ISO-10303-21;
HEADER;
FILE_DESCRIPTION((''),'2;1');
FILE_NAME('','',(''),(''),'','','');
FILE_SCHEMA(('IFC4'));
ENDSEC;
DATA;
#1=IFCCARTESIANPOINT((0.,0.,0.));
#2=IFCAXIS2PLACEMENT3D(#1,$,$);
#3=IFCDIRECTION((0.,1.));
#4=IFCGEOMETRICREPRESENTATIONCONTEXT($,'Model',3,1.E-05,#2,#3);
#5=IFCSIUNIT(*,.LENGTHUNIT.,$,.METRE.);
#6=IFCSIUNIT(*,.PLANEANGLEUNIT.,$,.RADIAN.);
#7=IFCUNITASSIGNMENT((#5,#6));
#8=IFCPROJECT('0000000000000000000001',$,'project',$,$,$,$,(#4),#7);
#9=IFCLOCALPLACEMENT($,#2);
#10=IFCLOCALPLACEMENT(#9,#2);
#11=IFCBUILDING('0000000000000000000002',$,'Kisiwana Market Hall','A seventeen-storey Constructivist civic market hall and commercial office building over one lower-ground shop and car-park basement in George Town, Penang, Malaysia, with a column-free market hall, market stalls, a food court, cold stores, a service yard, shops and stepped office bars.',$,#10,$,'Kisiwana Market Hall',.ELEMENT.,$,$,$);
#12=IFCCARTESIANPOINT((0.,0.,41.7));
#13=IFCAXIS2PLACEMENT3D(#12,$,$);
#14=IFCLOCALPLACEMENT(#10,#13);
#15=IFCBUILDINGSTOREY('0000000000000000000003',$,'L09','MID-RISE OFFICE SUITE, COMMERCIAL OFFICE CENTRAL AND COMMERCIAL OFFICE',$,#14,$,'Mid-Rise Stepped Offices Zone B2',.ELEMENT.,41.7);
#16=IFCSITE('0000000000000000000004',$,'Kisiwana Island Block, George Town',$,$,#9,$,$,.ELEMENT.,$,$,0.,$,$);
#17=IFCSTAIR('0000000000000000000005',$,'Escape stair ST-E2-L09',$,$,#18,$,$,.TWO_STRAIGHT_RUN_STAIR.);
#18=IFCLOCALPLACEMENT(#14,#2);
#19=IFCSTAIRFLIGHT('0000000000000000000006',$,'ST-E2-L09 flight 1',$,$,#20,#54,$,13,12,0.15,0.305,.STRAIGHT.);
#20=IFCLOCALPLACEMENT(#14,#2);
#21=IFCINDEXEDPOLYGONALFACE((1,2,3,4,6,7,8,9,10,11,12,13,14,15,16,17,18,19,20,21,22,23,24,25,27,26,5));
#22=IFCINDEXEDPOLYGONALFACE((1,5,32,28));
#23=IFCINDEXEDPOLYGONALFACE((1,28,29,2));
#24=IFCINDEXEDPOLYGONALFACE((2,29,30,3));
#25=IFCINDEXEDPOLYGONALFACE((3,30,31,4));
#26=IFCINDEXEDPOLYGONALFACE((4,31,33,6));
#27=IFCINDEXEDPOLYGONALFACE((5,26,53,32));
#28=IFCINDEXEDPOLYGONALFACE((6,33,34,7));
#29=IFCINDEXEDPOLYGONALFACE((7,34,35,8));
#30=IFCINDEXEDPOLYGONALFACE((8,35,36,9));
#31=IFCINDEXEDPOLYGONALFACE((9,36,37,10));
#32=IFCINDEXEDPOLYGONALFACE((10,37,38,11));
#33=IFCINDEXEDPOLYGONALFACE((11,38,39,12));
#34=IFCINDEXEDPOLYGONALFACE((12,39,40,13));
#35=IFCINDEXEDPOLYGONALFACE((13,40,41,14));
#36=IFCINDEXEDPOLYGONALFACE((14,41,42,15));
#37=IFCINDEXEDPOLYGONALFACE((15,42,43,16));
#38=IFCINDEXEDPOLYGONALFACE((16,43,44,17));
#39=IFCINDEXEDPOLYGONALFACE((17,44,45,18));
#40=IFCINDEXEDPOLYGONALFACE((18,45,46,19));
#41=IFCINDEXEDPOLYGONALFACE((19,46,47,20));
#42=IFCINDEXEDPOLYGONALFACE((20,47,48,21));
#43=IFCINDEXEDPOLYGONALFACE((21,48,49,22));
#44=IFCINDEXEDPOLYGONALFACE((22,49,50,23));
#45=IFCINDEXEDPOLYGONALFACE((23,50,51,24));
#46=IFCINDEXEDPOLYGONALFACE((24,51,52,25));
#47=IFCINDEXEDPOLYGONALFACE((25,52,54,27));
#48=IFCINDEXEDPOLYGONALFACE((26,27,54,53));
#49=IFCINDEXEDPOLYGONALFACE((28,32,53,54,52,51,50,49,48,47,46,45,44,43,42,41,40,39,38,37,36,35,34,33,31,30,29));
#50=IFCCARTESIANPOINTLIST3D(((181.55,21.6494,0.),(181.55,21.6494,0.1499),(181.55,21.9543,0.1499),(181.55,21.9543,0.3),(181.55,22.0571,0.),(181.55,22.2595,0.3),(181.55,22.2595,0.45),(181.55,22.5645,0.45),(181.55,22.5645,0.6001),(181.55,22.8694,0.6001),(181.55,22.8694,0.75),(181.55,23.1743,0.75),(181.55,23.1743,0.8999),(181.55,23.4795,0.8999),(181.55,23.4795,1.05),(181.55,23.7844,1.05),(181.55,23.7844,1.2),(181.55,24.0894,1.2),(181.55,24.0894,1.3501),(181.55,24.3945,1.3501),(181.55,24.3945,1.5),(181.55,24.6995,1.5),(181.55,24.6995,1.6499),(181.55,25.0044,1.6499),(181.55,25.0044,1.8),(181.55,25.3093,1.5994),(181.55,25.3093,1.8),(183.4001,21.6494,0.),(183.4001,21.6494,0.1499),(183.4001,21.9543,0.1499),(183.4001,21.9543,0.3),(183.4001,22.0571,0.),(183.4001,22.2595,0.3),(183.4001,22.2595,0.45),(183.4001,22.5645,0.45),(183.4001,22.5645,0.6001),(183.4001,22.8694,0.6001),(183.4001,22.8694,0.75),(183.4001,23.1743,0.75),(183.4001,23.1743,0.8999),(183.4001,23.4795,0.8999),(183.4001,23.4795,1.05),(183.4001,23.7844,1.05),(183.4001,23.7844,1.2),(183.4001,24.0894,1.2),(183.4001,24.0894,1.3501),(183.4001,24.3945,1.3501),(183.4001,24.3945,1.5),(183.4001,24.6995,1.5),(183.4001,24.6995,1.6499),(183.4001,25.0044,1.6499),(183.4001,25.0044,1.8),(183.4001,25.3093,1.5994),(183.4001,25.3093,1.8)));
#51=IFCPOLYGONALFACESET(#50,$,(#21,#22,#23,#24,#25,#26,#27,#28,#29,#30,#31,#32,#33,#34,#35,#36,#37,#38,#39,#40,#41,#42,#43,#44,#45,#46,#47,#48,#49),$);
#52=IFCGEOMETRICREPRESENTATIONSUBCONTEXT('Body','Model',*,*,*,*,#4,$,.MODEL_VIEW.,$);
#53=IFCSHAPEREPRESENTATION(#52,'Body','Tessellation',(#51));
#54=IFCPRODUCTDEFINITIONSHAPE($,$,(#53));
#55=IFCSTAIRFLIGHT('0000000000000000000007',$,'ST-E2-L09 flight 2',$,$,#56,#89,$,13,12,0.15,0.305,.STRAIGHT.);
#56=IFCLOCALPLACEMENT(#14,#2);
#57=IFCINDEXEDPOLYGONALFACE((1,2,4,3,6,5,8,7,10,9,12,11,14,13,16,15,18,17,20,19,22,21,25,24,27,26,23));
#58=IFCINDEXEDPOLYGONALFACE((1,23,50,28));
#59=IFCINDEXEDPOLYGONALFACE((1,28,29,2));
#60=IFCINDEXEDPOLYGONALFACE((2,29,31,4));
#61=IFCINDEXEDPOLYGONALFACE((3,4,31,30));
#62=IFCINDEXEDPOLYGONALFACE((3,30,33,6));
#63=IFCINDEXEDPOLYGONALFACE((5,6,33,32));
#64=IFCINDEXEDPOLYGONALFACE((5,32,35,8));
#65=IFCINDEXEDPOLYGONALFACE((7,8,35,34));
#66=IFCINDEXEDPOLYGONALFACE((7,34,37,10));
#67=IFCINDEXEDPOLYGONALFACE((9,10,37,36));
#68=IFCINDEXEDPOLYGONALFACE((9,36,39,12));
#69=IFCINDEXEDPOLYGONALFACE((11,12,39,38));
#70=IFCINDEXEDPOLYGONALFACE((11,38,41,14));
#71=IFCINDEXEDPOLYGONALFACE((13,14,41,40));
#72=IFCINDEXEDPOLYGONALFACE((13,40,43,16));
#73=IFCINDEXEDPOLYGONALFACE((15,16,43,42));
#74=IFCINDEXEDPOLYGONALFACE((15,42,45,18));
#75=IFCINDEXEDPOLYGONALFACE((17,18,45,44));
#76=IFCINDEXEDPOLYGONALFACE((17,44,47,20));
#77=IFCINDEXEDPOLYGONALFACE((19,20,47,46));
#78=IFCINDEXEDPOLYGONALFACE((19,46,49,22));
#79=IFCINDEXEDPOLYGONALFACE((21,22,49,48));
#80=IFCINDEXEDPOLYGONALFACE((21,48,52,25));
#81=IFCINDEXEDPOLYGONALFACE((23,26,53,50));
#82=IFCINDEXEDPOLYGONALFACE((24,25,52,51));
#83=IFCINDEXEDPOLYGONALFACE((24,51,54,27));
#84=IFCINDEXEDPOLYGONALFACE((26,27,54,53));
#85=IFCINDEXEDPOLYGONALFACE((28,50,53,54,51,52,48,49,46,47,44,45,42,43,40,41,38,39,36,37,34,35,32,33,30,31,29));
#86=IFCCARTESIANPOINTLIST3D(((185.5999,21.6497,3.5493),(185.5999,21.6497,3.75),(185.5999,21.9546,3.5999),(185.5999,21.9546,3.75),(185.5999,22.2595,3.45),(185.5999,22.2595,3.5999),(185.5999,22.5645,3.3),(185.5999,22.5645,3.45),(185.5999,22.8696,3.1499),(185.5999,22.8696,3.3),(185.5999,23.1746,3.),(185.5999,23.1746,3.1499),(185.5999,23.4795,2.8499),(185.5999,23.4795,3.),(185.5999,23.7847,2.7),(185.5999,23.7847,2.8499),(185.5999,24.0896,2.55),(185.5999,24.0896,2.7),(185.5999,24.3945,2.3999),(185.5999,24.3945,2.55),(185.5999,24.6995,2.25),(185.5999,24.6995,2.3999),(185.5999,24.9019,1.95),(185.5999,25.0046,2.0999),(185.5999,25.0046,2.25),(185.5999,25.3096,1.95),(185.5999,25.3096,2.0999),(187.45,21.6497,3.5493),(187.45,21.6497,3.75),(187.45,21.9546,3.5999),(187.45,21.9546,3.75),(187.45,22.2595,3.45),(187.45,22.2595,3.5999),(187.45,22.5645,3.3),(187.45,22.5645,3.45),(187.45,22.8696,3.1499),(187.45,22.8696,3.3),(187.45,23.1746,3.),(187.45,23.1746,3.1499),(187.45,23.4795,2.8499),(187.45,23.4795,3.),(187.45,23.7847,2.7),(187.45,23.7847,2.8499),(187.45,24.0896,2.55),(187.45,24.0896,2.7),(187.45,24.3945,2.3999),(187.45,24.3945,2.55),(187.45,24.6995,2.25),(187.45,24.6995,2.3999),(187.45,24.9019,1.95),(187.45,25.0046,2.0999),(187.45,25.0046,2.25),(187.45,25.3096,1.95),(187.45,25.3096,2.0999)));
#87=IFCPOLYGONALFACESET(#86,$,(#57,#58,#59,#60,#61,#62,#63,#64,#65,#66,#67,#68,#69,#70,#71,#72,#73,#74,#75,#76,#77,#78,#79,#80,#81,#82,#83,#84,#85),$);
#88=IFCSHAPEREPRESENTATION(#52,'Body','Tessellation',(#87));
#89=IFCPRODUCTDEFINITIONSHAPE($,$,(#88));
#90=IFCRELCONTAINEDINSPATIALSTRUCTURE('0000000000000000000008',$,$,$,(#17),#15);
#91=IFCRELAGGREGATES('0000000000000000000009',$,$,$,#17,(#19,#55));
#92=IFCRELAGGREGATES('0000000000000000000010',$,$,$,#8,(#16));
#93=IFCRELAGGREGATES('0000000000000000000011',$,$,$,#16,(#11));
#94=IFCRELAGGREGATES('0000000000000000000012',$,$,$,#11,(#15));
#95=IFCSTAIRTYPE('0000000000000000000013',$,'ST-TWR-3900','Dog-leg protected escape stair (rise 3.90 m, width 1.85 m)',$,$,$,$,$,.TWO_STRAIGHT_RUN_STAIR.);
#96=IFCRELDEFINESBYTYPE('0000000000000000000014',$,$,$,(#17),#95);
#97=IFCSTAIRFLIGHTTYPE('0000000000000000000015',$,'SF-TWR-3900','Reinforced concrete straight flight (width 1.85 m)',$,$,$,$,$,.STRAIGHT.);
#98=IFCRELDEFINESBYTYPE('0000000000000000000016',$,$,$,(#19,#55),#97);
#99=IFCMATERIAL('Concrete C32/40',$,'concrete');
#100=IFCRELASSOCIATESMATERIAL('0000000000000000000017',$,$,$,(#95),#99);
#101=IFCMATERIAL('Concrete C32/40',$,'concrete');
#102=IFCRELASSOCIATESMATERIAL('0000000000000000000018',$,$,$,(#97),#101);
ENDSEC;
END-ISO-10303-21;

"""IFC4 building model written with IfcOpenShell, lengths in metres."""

from ifc_helpers import new_model, si_unit, direction, frame, origin, place, context, subcontext, project, spatial, polyline, outline, extrude, material, type_object, element, aggregate, save


model = new_model("IFC4")

# Units and contexts
model_context = context("Model", 3, precision=1e-05, world=origin(), true_north=direction((0.0, 1.0)))
body_context = subcontext(model_context, "Body", "Model", "MODEL_VIEW")
ifc_project = project(units=[si_unit("LENGTHUNIT", "METRE"), si_unit("PLANEANGLEUNIT", "RADIAN")], contexts=[model_context])

# Site, building, storey
site_placement = place(None, origin())
site = spatial("IfcSite", under=ifc_project, at=site_placement, Name="Kisiwana Island Block, George Town", CompositionType="ELEMENT", RefElevation=0.0)
building_placement = place(site_placement, origin())
building = spatial("IfcBuilding", under=site, at=building_placement, Name="Kisiwana Market Hall", Description="A seventeen-storey Constructivist civic market hall and commercial office building over one lower-ground shop and car-park basement in George Town, Penang, Malaysia, with a column-free market hall, market stalls, a food court, cold stores, a service yard, shops and stepped office bars.", LongName="Kisiwana Market Hall", CompositionType="ELEMENT")
storey_placement = place(building_placement, frame((0.0, 0.0, 41.7)))
storey = spatial("IfcBuildingStorey", under=building, at=storey_placement, Name="L09", Description="MID-RISE OFFICE SUITE, COMMERCIAL OFFICE CENTRAL AND COMMERCIAL OFFICE", LongName="Mid-Rise Stepped Offices Zone B2", CompositionType="ELEMENT", Elevation=41.7)

# Stair, stair flights
ifc_material_1 = material(Name="Concrete C32/40", Category="concrete")
stair_type = type_object("IfcStairType", Name="ST-TWR-3900", Description="Dog-leg protected escape stair (rise 3.90 m, width 1.85 m)", PredefinedType="TWO_STRAIGHT_RUN_STAIR", material=ifc_material_1)
stair_placement = place(storey_placement, origin())
stair = element("IfcStair", 1, at=stair_placement, inside=storey, type_object=stair_type, Name="Escape stair ST-E2-L09", PredefinedType="TWO_STRAIGHT_RUN_STAIR")
ifc_material_2 = material(Name="Concrete C32/40", Category="concrete")
stair_flight_type = type_object("IfcStairFlightType", Name="SF-TWR-3900", Description="Reinforced concrete straight flight (width 1.85 m)", PredefinedType="STRAIGHT", material=ifc_material_2)
stair_flight_1_placement = place(storey_placement, frame((182.4751, 21.6494, 0.0), z_axis=(0.0, 0.0, 1.0), x_axis=(0.0, 1.0, 0.0)))
stair_flight_1 = element("IfcStairFlight", 2, at=stair_flight_1_placement, type_object=stair_flight_type, Name="ST-E2-L09 flight 1", NumberOfRisers=13, NumberOfTreads=12, PredefinedType="STRAIGHT", RiserHeight=0.15, TreadLength=0.305, context=body_context, shape_type="SweptSolid", body=[
    extrude(outline(polyline([(0.0, 0.0), (0.0, 0.1499), (0.3049, 0.1499), (0.3049, 0.3), (0.6101, 0.3), (0.6101, 0.45), (0.915, 0.45), (0.915, 0.6001), (1.22, 0.6001), (1.22, 0.75), (1.5249, 0.75), (1.5249, 0.8999), (1.8301, 0.8999), (1.8301, 1.05), (2.135, 1.05), (2.135, 1.2), (2.4399, 1.2), (2.4399, 1.3501), (2.7451, 1.3501), (2.7451, 1.5), (3.05, 1.5), (3.05, 1.6499), (3.355, 1.6499), (3.355, 1.8), (3.6599, 1.8), (3.6599, 1.95), (3.6599, 1.5994), (0.4077, 0.0), (0.0, 0.0)])), frame((0.0, 0.925, 0.0), z_axis=(0.0, -1.0, 0.0), x_axis=(1.0, 0.0, 0.0)), (0.0, 0.0, 1.0), 1.8501),
])
stair_flight_2_placement = place(storey_placement, frame((186.5249, 25.3096, 1.95), z_axis=(0.0, 0.0, 1.0), x_axis=(0.0, -1.0, 0.0)))
stair_flight_2 = element("IfcStairFlight", 3, at=stair_flight_2_placement, type_object=stair_flight_type, Name="ST-E2-L09 flight 2", NumberOfRisers=13, NumberOfTreads=12, PredefinedType="STRAIGHT", RiserHeight=0.15, TreadLength=0.305, context=body_context, shape_type="SweptSolid", body=[
    extrude(outline(polyline([(0.0, 0.0), (0.0, 0.1499), (0.3049, 0.1499), (0.3049, 0.3), (0.6101, 0.3), (0.6101, 0.45), (0.915, 0.45), (0.915, 0.6001), (1.22, 0.6001), (1.22, 0.75), (1.5249, 0.75), (1.5249, 0.8999), (1.8301, 0.8999), (1.8301, 1.05), (2.135, 1.05), (2.135, 1.2), (2.4399, 1.2), (2.4399, 1.3501), (2.7451, 1.3501), (2.7451, 1.5), (3.05, 1.5), (3.05, 1.6499), (3.355, 1.6499), (3.355, 1.8), (3.6599, 1.8), (3.6599, 1.95), (3.6599, 1.5994), (0.4077, 0.0), (0.0, 0.0)])), frame((0.0, 0.925, 0.0), z_axis=(0.0, -1.0, 0.0), x_axis=(1.0, 0.0, 0.0)), (0.0, 0.0, 1.0), 1.8501),
])
aggregate(stair, [stair_flight_1, stair_flight_2])

save(model, "model.ifc")
